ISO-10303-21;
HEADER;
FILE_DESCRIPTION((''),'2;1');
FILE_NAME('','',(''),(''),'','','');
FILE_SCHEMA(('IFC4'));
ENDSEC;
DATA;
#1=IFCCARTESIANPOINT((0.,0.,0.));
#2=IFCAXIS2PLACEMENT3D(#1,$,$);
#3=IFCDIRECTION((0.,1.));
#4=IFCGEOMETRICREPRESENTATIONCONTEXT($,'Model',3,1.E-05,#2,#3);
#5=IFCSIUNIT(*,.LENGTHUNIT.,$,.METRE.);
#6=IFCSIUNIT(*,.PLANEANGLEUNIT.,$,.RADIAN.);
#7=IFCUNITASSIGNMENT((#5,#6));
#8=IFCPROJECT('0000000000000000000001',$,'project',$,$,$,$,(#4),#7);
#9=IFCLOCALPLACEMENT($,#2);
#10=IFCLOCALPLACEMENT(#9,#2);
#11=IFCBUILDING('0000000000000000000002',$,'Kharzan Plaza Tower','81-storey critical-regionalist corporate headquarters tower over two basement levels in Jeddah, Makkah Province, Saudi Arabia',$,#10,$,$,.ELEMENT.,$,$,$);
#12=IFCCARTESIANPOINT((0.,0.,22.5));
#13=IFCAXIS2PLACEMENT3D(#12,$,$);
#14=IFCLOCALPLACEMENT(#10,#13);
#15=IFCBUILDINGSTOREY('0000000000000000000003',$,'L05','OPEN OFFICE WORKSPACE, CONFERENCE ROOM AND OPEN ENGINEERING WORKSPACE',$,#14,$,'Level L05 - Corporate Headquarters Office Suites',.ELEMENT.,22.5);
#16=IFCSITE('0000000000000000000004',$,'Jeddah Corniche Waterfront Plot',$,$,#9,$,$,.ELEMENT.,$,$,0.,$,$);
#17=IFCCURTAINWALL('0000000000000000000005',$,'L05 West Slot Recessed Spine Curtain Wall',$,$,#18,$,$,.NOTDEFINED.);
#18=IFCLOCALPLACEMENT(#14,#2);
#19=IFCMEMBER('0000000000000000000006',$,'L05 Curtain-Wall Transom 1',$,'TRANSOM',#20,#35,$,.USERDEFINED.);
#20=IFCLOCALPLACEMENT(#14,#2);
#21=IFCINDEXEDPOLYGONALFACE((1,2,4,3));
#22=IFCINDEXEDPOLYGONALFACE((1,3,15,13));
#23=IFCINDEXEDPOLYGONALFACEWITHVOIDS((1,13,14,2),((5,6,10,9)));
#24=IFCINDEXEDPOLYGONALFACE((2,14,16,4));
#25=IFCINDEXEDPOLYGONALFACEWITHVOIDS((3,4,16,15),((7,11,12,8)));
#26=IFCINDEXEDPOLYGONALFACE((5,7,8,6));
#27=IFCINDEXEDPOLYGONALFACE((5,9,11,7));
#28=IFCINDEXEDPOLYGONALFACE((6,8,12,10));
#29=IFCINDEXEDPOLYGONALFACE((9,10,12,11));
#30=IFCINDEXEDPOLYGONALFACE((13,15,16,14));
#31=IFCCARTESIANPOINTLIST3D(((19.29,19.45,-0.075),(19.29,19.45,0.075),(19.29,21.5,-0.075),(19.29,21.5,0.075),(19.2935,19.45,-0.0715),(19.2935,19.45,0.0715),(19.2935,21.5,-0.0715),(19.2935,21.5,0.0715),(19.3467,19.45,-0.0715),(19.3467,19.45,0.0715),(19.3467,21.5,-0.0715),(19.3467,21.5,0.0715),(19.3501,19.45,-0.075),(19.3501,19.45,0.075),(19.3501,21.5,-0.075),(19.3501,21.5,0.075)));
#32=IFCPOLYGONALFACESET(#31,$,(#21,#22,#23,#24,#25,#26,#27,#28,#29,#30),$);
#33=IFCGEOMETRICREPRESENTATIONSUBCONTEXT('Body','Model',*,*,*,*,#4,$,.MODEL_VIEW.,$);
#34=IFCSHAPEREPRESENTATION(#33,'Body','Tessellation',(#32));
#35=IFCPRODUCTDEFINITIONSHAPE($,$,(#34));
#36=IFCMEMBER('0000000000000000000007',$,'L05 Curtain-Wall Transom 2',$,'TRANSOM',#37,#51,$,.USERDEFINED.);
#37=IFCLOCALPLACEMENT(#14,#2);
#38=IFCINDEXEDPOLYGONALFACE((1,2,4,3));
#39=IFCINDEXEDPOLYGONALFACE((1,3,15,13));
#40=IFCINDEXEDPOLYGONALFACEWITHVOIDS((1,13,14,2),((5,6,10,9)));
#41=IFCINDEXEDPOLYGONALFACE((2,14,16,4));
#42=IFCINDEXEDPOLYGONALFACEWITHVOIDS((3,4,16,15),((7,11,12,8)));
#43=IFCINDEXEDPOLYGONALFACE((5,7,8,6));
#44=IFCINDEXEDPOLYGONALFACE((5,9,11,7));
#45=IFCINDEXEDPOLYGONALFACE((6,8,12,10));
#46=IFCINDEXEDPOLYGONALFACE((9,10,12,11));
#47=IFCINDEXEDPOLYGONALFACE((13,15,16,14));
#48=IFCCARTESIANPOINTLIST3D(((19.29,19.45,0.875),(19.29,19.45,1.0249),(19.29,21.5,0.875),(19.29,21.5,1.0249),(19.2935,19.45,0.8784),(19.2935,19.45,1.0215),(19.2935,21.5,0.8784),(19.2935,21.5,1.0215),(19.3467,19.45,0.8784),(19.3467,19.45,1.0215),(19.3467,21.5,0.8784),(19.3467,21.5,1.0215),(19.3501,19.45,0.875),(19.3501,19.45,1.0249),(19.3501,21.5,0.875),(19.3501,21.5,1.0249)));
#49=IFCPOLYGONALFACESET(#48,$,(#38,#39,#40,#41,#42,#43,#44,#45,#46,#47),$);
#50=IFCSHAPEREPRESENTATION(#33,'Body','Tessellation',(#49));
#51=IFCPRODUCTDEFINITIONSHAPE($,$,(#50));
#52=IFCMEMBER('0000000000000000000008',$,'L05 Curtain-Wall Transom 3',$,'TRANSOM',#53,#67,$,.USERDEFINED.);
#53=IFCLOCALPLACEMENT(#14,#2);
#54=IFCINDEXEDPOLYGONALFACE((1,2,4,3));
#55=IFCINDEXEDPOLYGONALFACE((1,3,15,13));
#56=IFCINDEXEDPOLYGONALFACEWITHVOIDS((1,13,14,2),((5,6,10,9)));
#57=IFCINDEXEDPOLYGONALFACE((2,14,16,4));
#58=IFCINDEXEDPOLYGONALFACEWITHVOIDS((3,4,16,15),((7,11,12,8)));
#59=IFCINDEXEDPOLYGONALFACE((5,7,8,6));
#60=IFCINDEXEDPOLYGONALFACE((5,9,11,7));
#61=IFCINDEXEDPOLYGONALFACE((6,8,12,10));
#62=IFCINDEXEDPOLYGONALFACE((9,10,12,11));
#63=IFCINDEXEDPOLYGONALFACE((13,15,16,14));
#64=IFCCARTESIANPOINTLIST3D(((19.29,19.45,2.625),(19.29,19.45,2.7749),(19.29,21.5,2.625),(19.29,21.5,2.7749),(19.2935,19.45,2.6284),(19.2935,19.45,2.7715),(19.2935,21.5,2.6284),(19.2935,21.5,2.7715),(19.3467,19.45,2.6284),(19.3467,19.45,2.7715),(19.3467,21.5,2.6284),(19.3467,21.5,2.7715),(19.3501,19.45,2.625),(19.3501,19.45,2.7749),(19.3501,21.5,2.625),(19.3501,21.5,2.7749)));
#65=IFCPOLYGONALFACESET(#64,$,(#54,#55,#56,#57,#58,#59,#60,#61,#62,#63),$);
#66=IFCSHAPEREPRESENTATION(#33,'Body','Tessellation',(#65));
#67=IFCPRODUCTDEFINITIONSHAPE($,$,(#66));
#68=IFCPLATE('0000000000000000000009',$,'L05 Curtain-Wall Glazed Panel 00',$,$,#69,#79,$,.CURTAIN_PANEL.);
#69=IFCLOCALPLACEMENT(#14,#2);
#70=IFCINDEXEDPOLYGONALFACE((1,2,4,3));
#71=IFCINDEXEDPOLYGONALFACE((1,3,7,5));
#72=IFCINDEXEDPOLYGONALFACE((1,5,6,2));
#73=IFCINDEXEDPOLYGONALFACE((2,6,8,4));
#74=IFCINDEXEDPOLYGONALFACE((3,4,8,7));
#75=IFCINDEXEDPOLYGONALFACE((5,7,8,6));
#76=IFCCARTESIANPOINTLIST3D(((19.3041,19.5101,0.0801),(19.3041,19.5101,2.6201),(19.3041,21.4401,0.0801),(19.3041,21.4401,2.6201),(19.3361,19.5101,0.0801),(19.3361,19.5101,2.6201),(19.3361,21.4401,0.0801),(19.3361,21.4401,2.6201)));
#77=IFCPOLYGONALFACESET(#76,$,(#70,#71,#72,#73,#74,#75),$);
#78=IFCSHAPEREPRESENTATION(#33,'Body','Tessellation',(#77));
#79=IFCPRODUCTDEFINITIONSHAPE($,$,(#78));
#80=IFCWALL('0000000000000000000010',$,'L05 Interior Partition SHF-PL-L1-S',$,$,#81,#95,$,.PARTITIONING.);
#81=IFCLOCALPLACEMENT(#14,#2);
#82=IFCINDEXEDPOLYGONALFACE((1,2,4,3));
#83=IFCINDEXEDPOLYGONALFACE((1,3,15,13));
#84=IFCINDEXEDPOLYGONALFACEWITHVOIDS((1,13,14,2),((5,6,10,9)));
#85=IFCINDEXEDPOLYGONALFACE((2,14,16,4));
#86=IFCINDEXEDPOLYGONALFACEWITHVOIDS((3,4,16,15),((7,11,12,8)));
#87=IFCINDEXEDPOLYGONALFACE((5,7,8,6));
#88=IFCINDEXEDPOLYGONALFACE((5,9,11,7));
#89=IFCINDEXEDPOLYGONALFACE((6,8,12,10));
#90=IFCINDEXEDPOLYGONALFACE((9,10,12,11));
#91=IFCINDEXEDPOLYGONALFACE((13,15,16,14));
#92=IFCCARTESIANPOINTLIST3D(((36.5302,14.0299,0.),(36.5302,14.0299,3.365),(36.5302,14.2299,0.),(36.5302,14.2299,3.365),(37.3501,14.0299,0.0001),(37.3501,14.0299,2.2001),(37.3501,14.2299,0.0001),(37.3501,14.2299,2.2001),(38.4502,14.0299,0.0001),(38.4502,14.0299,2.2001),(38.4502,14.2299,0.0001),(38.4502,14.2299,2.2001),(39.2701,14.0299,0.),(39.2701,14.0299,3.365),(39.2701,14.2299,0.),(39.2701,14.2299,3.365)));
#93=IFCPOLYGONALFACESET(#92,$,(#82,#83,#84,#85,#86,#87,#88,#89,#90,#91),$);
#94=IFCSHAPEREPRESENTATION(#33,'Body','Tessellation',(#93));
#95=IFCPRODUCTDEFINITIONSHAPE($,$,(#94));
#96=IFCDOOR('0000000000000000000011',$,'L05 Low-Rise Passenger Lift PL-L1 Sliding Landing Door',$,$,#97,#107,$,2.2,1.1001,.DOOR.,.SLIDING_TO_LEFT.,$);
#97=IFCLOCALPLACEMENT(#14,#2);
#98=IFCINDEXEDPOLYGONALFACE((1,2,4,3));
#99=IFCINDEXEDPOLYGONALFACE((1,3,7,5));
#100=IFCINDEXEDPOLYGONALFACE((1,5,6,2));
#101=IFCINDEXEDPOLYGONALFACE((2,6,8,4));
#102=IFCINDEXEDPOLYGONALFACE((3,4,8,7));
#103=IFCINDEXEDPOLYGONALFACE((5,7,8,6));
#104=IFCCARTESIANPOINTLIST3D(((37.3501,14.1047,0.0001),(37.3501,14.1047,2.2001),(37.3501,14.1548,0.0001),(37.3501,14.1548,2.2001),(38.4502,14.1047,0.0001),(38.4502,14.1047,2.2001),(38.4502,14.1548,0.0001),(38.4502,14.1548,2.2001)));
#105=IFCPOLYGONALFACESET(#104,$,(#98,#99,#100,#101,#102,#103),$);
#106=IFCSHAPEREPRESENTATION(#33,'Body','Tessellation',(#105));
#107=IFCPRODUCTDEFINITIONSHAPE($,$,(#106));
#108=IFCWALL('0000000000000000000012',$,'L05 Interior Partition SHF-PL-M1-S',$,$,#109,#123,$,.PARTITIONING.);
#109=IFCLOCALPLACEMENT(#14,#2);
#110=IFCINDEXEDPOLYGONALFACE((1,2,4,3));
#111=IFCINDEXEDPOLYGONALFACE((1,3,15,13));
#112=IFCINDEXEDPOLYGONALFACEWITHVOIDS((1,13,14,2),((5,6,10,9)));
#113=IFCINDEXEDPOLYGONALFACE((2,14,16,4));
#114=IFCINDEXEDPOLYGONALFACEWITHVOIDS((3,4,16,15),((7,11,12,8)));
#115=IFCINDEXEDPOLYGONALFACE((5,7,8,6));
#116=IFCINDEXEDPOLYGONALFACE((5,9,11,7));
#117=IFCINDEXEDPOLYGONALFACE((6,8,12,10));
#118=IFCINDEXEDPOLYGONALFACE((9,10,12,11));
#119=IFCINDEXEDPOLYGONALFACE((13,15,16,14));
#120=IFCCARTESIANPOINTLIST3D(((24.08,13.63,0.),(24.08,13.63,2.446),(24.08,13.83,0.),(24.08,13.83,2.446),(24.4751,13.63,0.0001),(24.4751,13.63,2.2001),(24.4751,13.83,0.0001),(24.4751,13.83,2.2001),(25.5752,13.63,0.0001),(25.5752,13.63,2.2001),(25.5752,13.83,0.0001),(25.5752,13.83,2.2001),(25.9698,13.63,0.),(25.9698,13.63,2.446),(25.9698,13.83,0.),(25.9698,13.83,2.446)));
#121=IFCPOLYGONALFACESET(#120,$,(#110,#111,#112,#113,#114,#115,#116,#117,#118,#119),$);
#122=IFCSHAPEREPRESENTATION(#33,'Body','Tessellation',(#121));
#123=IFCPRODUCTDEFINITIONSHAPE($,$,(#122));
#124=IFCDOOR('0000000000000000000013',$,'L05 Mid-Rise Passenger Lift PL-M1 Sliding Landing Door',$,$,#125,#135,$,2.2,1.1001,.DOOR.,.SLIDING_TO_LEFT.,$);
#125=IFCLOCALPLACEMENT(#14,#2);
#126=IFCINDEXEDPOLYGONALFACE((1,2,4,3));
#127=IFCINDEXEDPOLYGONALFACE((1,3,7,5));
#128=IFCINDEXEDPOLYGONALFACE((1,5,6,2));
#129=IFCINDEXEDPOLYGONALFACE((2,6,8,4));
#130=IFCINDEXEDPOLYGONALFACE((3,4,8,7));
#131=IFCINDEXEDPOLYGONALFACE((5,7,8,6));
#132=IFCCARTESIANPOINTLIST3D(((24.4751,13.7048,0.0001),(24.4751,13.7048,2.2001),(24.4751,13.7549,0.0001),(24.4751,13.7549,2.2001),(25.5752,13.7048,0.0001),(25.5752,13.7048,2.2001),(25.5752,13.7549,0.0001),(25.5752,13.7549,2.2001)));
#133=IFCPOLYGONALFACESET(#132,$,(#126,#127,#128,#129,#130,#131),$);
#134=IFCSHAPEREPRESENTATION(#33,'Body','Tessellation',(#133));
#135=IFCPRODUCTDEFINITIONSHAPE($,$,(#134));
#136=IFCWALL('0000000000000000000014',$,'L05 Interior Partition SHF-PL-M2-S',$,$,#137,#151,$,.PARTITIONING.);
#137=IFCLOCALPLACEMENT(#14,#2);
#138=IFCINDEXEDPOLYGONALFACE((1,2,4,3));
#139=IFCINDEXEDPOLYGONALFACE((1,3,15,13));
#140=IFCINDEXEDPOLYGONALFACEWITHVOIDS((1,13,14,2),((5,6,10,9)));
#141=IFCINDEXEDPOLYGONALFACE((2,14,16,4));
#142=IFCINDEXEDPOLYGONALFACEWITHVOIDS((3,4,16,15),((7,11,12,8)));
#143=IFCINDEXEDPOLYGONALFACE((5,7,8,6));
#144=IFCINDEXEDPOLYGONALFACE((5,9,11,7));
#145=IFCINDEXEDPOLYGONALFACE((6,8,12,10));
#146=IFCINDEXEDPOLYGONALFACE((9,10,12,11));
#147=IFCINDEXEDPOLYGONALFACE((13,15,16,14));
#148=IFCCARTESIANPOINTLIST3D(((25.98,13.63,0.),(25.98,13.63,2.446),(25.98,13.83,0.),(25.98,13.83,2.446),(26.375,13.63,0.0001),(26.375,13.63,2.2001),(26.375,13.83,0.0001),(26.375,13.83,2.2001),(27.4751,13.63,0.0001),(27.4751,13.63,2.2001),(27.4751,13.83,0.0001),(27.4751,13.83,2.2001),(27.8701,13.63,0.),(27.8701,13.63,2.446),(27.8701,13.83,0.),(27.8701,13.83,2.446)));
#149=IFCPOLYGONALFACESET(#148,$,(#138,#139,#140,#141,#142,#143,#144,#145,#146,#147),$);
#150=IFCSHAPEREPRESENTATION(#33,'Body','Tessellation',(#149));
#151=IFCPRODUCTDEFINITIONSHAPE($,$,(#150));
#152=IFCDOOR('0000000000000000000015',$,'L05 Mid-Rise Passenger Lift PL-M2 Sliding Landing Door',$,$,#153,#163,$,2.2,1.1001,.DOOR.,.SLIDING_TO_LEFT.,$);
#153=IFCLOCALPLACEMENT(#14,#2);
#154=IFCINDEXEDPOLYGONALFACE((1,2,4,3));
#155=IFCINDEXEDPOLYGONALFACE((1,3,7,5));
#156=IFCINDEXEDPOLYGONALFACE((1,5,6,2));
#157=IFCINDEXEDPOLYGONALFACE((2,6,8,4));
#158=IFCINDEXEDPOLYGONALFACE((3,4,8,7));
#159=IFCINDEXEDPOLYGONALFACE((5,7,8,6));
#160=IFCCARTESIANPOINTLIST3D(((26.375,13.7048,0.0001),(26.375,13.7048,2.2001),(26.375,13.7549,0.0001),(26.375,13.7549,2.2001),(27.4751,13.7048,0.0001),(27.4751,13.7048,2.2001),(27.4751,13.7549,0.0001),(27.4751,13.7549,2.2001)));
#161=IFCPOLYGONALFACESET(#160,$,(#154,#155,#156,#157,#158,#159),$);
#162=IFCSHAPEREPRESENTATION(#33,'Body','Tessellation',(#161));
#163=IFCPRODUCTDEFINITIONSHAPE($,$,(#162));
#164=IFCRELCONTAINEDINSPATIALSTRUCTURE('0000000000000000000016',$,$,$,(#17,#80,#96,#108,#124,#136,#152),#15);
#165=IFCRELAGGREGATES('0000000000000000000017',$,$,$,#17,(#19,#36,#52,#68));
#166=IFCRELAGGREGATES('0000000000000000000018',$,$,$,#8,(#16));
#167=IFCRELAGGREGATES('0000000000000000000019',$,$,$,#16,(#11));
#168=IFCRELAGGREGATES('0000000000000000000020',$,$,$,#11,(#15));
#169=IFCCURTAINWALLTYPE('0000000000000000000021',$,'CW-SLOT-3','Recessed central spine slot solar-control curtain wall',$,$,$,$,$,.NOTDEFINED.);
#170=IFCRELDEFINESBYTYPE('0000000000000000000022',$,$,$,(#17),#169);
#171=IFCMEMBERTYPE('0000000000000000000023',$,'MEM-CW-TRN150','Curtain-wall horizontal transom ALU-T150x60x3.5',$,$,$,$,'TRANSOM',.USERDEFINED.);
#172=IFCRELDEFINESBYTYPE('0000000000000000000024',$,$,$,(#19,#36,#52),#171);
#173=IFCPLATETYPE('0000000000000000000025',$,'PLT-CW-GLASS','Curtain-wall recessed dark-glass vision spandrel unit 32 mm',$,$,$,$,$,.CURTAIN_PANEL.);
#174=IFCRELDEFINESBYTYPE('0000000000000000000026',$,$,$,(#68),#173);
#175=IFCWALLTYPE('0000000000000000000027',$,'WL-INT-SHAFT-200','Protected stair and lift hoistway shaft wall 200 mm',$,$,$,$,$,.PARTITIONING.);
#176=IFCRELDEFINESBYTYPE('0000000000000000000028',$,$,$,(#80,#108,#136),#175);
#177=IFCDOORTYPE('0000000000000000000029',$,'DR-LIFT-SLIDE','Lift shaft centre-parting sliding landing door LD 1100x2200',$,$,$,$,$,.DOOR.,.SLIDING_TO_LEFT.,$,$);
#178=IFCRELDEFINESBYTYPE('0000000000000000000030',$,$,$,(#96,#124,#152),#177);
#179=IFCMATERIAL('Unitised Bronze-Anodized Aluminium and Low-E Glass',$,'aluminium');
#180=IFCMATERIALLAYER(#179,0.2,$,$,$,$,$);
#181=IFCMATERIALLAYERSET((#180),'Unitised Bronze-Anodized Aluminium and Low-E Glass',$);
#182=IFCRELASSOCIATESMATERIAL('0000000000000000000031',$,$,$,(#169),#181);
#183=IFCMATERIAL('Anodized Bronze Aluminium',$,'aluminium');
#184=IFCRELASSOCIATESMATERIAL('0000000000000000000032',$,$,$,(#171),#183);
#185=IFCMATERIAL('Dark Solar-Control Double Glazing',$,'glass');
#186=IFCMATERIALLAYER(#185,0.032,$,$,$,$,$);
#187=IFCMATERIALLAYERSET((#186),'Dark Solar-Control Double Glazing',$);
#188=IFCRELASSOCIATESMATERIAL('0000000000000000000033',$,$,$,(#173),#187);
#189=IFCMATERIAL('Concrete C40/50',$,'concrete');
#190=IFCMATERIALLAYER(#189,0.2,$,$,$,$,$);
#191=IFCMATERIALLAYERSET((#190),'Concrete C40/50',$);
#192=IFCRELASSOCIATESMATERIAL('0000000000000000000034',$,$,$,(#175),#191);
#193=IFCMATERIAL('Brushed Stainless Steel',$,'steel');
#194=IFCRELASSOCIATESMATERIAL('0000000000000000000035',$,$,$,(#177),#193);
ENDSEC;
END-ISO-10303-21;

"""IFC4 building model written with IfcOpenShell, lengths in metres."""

from ifc_helpers import new_model, si_unit, direction, frame, frame_2d, origin, origin_2d, place, context, subcontext, project, spatial, rectangle, hollow_rectangle, extrude, source, transform, mapped, material, layer, layer_set, material_profile, profile_set, type_object, element, fill, aggregate, save


model = new_model("IFC4")

# Units and contexts
model_context = context("Model", 3, precision=1e-05, world=origin(), true_north=direction((0.0, 1.0)))
body_context = subcontext(model_context, "Body", "Model", "MODEL_VIEW")
ifc_project = project(units=[si_unit("LENGTHUNIT", "METRE"), si_unit("PLANEANGLEUNIT", "RADIAN")], contexts=[model_context])

# Site, building, storey
site_placement = place(None, origin())
site = spatial("IfcSite", under=ifc_project, at=site_placement, Name="Jeddah Corniche Waterfront Plot", CompositionType="ELEMENT", RefElevation=0.0)
building_placement = place(site_placement, origin())
building = spatial("IfcBuilding", under=site, at=building_placement, Name="Kharzan Plaza Tower", Description="81-storey critical-regionalist corporate headquarters tower over two basement levels in Jeddah, Makkah Province, Saudi Arabia", CompositionType="ELEMENT")
storey_placement = place(building_placement, frame((0.0, 0.0, 22.5)))
storey = spatial("IfcBuildingStorey", under=building, at=storey_placement, Name="L05", Description="OPEN OFFICE WORKSPACE, CONFERENCE ROOM AND OPEN ENGINEERING WORKSPACE", LongName="Level L05 - Corporate Headquarters Office Suites", CompositionType="ELEMENT", Elevation=22.5)

# Curtain wall, members, plate
ifc_material_1 = material(Name="Unitised Bronze-Anodized Aluminium and Low-E Glass", Category="aluminium")
ifc_layer_1 = layer(ifc_material_1, 0.2)
ifc_layer_set_1 = layer_set([ifc_layer_1], Name="Unitised Bronze-Anodized Aluminium and Low-E Glass")
curtain_wall_type = type_object("IfcCurtainWallType", Name="CW-SLOT-3", Description="Recessed central spine slot solar-control curtain wall", PredefinedType="NOTDEFINED", material=ifc_layer_set_1)
curtain_wall_placement = place(storey_placement, origin())
curtain_wall = element("IfcCurtainWall", 1, at=curtain_wall_placement, inside=storey, type_object=curtain_wall_type, Name="L05 West Slot Recessed Spine Curtain Wall", PredefinedType="NOTDEFINED")
ifc_material_2 = material(Name="Anodized Bronze Aluminium", Category="aluminium")
ifc_material_profile_1 = material_profile(ifc_material_2, hollow_rectangle(XDim=0.0601, YDim=0.1499, WallThickness=0.0034, at=origin_2d()), Name="ALU-T150x60x3.5")
ifc_profile_set_1 = profile_set([ifc_material_profile_1], Name="Anodized Bronze Aluminium")
member_type_1 = type_object("IfcMemberType", Name="MEM-CW-TRN150", Description="Curtain-wall horizontal transom ALU-T150x60x3.5", ElementType="TRANSOM", PredefinedType="USERDEFINED", material=ifc_profile_set_1)
shared_shape_1 = source(origin(), body_context, "Body", "SweptSolid", [
    extrude(hollow_rectangle(XDim=0.0601, YDim=0.1499, WallThickness=0.0034, at=origin_2d()), origin(), (0.0, 0.0, 1.0), 2.05),
])
member_1_placement = place(storey_placement, frame((19.3201, 19.45, 0.0), z_axis=(0.0, 1.0, 0.0), x_axis=(-1.0, 0.0, 0.0)))
member_1 = element("IfcMember", 2, at=member_1_placement, type_object=member_type_1, Name="L05 Curtain-Wall Transom 1", ObjectType="TRANSOM", PredefinedType="USERDEFINED", context=body_context, shape_type="MappedRepresentation", body=[
    mapped(shared_shape_1, transform((0.0, 0.0, 0.0), x_axis=(1.0, 0.0, 0.0), y_axis=(0.0, 1.0, 0.0), z_axis=(0.0, 0.0, 1.0))),
])
member_2_placement = place(storey_placement, frame((19.3201, 19.45, 0.95), z_axis=(0.0, 1.0, 0.0), x_axis=(-1.0, 0.0, 0.0)))
member_2 = element("IfcMember", 3, at=member_2_placement, type_object=member_type_1, Name="L05 Curtain-Wall Transom 2", ObjectType="TRANSOM", PredefinedType="USERDEFINED", context=body_context, shape_type="MappedRepresentation", body=[
    mapped(shared_shape_1, transform((0.0, 0.0, 0.0), x_axis=(1.0, 0.0, 0.0), y_axis=(0.0, 1.0, 0.0), z_axis=(0.0, 0.0, 1.0))),
])
member_3_placement = place(storey_placement, frame((19.3201, 19.45, 2.7), z_axis=(0.0, 1.0, 0.0), x_axis=(-1.0, 0.0, 0.0)))
member_3 = element("IfcMember", 4, at=member_3_placement, type_object=member_type_1, Name="L05 Curtain-Wall Transom 3", ObjectType="TRANSOM", PredefinedType="USERDEFINED", context=body_context, shape_type="MappedRepresentation", body=[
    mapped(shared_shape_1, transform((0.0, 0.0, 0.0), x_axis=(1.0, 0.0, 0.0), y_axis=(0.0, 1.0, 0.0), z_axis=(0.0, 0.0, 1.0))),
])
ifc_material_3 = material(Name="Dark Solar-Control Double Glazing", Category="glass")
ifc_layer_2 = layer(ifc_material_3, 0.032)
ifc_layer_set_2 = layer_set([ifc_layer_2], Name="Dark Solar-Control Double Glazing")
plate_type = type_object("IfcPlateType", Name="PLT-CW-GLASS", Description="Curtain-wall recessed dark-glass vision spandrel unit 32 mm", PredefinedType="CURTAIN_PANEL", material=ifc_layer_set_2)
shared_shape_2 = source(origin(), body_context, "Body", "SweptSolid", [
    extrude(rectangle(XDim=1.9299, YDim=0.032, at=origin_2d()), origin(), (0.0, 0.0, 1.0), 2.54),
])
plate_placement = place(storey_placement, frame((19.3201, 20.4751, 0.0801), z_axis=(0.0, 0.0, 1.0), x_axis=(0.0, 1.0, 0.0)))
plate = element("IfcPlate", 5, at=plate_placement, type_object=plate_type, Name="L05 Curtain-Wall Glazed Panel 00", PredefinedType="CURTAIN_PANEL", context=body_context, shape_type="MappedRepresentation", body=[
    mapped(shared_shape_2, transform((0.0, 0.0, 0.0), x_axis=(1.0, 0.0, 0.0), y_axis=(0.0, 1.0, 0.0), z_axis=(0.0, 0.0, 1.0))),
])
aggregate(curtain_wall, [member_1, member_2, member_3, plate])

# Walls, openings, doors
ifc_material_4 = material(Name="Concrete C40/50", Category="concrete")
ifc_layer_3 = layer(ifc_material_4, 0.2)
ifc_layer_set_3 = layer_set([ifc_layer_3], Name="Concrete C40/50")
wall_type_1 = type_object("IfcWallType", Name="WL-INT-SHAFT-200", Description="Protected stair and lift hoistway shaft wall 200 mm", PredefinedType="PARTITIONING", material=ifc_layer_set_3)
wall_1_placement = place(storey_placement, frame((36.53, 14.1299, 0.0), z_axis=(0.0, 0.0, 1.0), x_axis=(1.0, 0.0, 0.0)))
wall_1 = element("IfcWall", 6, at=wall_1_placement, inside=storey, type_object=wall_type_1, Name="L05 Interior Partition SHF-PL-L1-S", PredefinedType="PARTITIONING", context=body_context, shape_type="SweptSolid", body=[
    extrude(rectangle(XDim=2.74, YDim=0.2, at=frame_2d((1.3701, 0.0))), origin(), (0.0, 0.0, 1.0), 3.365),
])
opening_1_placement = place(wall_1_placement, frame((0.8201, 0.0, 0.0)))
opening_1 = element("IfcOpeningElement", 7, at=opening_1_placement, cuts=wall_1, PredefinedType="OPENING", context=body_context, shape_type="SweptSolid", body=[
    extrude(rectangle(XDim=1.1001, YDim=2.2, at=frame_2d((0.55, 1.1001))), frame((0.0, 0.1099, 0.0), z_axis=(0.0, -1.0, 0.0), x_axis=(1.0, 0.0, 0.0)), (0.0, 0.0, 1.0), 0.22),
])
ifc_material_5 = material(Name="Brushed Stainless Steel", Category="steel")
door_type = type_object("IfcDoorType", Name="DR-LIFT-SLIDE", Description="Lift shaft centre-parting sliding landing door LD 1100x2200", OperationType="SLIDING_TO_LEFT", PredefinedType="DOOR", material=ifc_material_5)
shared_shape_3 = source(origin(), body_context, "Body", "SweptSolid", [
    extrude(rectangle(XDim=1.1001, YDim=2.2, at=frame_2d((0.55, 1.1001))), frame((0.0, 0.0249, 0.0), z_axis=(0.0, -1.0, 0.0), x_axis=(1.0, 0.0, 0.0)), (0.0, 0.0, 1.0), 0.05),
])
door_1_placement = place(opening_1_placement, origin())
door_1 = element("IfcDoor", 8, at=door_1_placement, inside=storey, type_object=door_type, Name="L05 Low-Rise Passenger Lift PL-L1 Sliding Landing Door", OperationType="SLIDING_TO_LEFT", OverallHeight=2.2, OverallWidth=1.1001, PredefinedType="DOOR", context=body_context, shape_type="MappedRepresentation", body=[
    mapped(shared_shape_3, transform((0.0, 0.0, 0.0), x_axis=(1.0, 0.0, 0.0), y_axis=(0.0, 1.0, 0.0), z_axis=(0.0, 0.0, 1.0))),
])
fill(opening_1, door_1)
wall_2_placement = place(storey_placement, frame((24.0801, 13.73, 0.0), z_axis=(0.0, 0.0, 1.0), x_axis=(1.0, 0.0, 0.0)))
wall_2 = element("IfcWall", 9, at=wall_2_placement, inside=storey, type_object=wall_type_1, Name="L05 Interior Partition SHF-PL-M1-S", PredefinedType="PARTITIONING", context=body_context, shape_type="SweptSolid", body=[
    extrude(rectangle(XDim=1.8899, YDim=0.2, at=frame_2d((0.9448, 0.0))), origin(), (0.0, 0.0, 1.0), 2.446),
])
opening_2_placement = place(wall_2_placement, frame((0.395, 0.0, 0.0)))
opening_2 = element("IfcOpeningElement", 10, at=opening_2_placement, cuts=wall_2, PredefinedType="OPENING", context=body_context, shape_type="SweptSolid", body=[
    extrude(rectangle(XDim=1.1001, YDim=2.2, at=frame_2d((0.55, 1.1001))), frame((0.0, 0.1099, 0.0), z_axis=(0.0, -1.0, 0.0), x_axis=(1.0, 0.0, 0.0)), (0.0, 0.0, 1.0), 0.22),
])
door_2_placement = place(opening_2_placement, origin())
door_2 = element("IfcDoor", 11, at=door_2_placement, inside=storey, type_object=door_type, Name="L05 Mid-Rise Passenger Lift PL-M1 Sliding Landing Door", OperationType="SLIDING_TO_LEFT", OverallHeight=2.2, OverallWidth=1.1001, PredefinedType="DOOR", context=body_context, shape_type="MappedRepresentation", body=[
    mapped(shared_shape_3, transform((0.0, 0.0, 0.0), x_axis=(1.0, 0.0, 0.0), y_axis=(0.0, 1.0, 0.0), z_axis=(0.0, 0.0, 1.0))),
])
fill(opening_2, door_2)
wall_3_placement = place(storey_placement, frame((25.98, 13.73, 0.0), z_axis=(0.0, 0.0, 1.0), x_axis=(1.0, 0.0, 0.0)))
wall_3 = element("IfcWall", 12, at=wall_3_placement, inside=storey, type_object=wall_type_1, Name="L05 Interior Partition SHF-PL-M2-S", PredefinedType="PARTITIONING", context=body_context, shape_type="SweptSolid", body=[
    extrude(rectangle(XDim=1.8901, YDim=0.2, at=frame_2d((0.9451, 0.0))), origin(), (0.0, 0.0, 1.0), 2.446),
])
opening_3_placement = place(wall_3_placement, frame((0.395, 0.0, 0.0)))
opening_3 = element("IfcOpeningElement", 13, at=opening_3_placement, cuts=wall_3, PredefinedType="OPENING", context=body_context, shape_type="SweptSolid", body=[
    extrude(rectangle(XDim=1.1001, YDim=2.2, at=frame_2d((0.55, 1.1001))), frame((0.0, 0.1099, 0.0), z_axis=(0.0, -1.0, 0.0), x_axis=(1.0, 0.0, 0.0)), (0.0, 0.0, 1.0), 0.22),
])
door_3_placement = place(opening_3_placement, origin())
door_3 = element("IfcDoor", 14, at=door_3_placement, inside=storey, type_object=door_type, Name="L05 Mid-Rise Passenger Lift PL-M2 Sliding Landing Door", OperationType="SLIDING_TO_LEFT", OverallHeight=2.2, OverallWidth=1.1001, PredefinedType="DOOR", context=body_context, shape_type="MappedRepresentation", body=[
    mapped(shared_shape_3, transform((0.0, 0.0, 0.0), x_axis=(1.0, 0.0, 0.0), y_axis=(0.0, 1.0, 0.0), z_axis=(0.0, 0.0, 1.0))),
])
fill(opening_3, door_3)

save(model, "model.ifc")
